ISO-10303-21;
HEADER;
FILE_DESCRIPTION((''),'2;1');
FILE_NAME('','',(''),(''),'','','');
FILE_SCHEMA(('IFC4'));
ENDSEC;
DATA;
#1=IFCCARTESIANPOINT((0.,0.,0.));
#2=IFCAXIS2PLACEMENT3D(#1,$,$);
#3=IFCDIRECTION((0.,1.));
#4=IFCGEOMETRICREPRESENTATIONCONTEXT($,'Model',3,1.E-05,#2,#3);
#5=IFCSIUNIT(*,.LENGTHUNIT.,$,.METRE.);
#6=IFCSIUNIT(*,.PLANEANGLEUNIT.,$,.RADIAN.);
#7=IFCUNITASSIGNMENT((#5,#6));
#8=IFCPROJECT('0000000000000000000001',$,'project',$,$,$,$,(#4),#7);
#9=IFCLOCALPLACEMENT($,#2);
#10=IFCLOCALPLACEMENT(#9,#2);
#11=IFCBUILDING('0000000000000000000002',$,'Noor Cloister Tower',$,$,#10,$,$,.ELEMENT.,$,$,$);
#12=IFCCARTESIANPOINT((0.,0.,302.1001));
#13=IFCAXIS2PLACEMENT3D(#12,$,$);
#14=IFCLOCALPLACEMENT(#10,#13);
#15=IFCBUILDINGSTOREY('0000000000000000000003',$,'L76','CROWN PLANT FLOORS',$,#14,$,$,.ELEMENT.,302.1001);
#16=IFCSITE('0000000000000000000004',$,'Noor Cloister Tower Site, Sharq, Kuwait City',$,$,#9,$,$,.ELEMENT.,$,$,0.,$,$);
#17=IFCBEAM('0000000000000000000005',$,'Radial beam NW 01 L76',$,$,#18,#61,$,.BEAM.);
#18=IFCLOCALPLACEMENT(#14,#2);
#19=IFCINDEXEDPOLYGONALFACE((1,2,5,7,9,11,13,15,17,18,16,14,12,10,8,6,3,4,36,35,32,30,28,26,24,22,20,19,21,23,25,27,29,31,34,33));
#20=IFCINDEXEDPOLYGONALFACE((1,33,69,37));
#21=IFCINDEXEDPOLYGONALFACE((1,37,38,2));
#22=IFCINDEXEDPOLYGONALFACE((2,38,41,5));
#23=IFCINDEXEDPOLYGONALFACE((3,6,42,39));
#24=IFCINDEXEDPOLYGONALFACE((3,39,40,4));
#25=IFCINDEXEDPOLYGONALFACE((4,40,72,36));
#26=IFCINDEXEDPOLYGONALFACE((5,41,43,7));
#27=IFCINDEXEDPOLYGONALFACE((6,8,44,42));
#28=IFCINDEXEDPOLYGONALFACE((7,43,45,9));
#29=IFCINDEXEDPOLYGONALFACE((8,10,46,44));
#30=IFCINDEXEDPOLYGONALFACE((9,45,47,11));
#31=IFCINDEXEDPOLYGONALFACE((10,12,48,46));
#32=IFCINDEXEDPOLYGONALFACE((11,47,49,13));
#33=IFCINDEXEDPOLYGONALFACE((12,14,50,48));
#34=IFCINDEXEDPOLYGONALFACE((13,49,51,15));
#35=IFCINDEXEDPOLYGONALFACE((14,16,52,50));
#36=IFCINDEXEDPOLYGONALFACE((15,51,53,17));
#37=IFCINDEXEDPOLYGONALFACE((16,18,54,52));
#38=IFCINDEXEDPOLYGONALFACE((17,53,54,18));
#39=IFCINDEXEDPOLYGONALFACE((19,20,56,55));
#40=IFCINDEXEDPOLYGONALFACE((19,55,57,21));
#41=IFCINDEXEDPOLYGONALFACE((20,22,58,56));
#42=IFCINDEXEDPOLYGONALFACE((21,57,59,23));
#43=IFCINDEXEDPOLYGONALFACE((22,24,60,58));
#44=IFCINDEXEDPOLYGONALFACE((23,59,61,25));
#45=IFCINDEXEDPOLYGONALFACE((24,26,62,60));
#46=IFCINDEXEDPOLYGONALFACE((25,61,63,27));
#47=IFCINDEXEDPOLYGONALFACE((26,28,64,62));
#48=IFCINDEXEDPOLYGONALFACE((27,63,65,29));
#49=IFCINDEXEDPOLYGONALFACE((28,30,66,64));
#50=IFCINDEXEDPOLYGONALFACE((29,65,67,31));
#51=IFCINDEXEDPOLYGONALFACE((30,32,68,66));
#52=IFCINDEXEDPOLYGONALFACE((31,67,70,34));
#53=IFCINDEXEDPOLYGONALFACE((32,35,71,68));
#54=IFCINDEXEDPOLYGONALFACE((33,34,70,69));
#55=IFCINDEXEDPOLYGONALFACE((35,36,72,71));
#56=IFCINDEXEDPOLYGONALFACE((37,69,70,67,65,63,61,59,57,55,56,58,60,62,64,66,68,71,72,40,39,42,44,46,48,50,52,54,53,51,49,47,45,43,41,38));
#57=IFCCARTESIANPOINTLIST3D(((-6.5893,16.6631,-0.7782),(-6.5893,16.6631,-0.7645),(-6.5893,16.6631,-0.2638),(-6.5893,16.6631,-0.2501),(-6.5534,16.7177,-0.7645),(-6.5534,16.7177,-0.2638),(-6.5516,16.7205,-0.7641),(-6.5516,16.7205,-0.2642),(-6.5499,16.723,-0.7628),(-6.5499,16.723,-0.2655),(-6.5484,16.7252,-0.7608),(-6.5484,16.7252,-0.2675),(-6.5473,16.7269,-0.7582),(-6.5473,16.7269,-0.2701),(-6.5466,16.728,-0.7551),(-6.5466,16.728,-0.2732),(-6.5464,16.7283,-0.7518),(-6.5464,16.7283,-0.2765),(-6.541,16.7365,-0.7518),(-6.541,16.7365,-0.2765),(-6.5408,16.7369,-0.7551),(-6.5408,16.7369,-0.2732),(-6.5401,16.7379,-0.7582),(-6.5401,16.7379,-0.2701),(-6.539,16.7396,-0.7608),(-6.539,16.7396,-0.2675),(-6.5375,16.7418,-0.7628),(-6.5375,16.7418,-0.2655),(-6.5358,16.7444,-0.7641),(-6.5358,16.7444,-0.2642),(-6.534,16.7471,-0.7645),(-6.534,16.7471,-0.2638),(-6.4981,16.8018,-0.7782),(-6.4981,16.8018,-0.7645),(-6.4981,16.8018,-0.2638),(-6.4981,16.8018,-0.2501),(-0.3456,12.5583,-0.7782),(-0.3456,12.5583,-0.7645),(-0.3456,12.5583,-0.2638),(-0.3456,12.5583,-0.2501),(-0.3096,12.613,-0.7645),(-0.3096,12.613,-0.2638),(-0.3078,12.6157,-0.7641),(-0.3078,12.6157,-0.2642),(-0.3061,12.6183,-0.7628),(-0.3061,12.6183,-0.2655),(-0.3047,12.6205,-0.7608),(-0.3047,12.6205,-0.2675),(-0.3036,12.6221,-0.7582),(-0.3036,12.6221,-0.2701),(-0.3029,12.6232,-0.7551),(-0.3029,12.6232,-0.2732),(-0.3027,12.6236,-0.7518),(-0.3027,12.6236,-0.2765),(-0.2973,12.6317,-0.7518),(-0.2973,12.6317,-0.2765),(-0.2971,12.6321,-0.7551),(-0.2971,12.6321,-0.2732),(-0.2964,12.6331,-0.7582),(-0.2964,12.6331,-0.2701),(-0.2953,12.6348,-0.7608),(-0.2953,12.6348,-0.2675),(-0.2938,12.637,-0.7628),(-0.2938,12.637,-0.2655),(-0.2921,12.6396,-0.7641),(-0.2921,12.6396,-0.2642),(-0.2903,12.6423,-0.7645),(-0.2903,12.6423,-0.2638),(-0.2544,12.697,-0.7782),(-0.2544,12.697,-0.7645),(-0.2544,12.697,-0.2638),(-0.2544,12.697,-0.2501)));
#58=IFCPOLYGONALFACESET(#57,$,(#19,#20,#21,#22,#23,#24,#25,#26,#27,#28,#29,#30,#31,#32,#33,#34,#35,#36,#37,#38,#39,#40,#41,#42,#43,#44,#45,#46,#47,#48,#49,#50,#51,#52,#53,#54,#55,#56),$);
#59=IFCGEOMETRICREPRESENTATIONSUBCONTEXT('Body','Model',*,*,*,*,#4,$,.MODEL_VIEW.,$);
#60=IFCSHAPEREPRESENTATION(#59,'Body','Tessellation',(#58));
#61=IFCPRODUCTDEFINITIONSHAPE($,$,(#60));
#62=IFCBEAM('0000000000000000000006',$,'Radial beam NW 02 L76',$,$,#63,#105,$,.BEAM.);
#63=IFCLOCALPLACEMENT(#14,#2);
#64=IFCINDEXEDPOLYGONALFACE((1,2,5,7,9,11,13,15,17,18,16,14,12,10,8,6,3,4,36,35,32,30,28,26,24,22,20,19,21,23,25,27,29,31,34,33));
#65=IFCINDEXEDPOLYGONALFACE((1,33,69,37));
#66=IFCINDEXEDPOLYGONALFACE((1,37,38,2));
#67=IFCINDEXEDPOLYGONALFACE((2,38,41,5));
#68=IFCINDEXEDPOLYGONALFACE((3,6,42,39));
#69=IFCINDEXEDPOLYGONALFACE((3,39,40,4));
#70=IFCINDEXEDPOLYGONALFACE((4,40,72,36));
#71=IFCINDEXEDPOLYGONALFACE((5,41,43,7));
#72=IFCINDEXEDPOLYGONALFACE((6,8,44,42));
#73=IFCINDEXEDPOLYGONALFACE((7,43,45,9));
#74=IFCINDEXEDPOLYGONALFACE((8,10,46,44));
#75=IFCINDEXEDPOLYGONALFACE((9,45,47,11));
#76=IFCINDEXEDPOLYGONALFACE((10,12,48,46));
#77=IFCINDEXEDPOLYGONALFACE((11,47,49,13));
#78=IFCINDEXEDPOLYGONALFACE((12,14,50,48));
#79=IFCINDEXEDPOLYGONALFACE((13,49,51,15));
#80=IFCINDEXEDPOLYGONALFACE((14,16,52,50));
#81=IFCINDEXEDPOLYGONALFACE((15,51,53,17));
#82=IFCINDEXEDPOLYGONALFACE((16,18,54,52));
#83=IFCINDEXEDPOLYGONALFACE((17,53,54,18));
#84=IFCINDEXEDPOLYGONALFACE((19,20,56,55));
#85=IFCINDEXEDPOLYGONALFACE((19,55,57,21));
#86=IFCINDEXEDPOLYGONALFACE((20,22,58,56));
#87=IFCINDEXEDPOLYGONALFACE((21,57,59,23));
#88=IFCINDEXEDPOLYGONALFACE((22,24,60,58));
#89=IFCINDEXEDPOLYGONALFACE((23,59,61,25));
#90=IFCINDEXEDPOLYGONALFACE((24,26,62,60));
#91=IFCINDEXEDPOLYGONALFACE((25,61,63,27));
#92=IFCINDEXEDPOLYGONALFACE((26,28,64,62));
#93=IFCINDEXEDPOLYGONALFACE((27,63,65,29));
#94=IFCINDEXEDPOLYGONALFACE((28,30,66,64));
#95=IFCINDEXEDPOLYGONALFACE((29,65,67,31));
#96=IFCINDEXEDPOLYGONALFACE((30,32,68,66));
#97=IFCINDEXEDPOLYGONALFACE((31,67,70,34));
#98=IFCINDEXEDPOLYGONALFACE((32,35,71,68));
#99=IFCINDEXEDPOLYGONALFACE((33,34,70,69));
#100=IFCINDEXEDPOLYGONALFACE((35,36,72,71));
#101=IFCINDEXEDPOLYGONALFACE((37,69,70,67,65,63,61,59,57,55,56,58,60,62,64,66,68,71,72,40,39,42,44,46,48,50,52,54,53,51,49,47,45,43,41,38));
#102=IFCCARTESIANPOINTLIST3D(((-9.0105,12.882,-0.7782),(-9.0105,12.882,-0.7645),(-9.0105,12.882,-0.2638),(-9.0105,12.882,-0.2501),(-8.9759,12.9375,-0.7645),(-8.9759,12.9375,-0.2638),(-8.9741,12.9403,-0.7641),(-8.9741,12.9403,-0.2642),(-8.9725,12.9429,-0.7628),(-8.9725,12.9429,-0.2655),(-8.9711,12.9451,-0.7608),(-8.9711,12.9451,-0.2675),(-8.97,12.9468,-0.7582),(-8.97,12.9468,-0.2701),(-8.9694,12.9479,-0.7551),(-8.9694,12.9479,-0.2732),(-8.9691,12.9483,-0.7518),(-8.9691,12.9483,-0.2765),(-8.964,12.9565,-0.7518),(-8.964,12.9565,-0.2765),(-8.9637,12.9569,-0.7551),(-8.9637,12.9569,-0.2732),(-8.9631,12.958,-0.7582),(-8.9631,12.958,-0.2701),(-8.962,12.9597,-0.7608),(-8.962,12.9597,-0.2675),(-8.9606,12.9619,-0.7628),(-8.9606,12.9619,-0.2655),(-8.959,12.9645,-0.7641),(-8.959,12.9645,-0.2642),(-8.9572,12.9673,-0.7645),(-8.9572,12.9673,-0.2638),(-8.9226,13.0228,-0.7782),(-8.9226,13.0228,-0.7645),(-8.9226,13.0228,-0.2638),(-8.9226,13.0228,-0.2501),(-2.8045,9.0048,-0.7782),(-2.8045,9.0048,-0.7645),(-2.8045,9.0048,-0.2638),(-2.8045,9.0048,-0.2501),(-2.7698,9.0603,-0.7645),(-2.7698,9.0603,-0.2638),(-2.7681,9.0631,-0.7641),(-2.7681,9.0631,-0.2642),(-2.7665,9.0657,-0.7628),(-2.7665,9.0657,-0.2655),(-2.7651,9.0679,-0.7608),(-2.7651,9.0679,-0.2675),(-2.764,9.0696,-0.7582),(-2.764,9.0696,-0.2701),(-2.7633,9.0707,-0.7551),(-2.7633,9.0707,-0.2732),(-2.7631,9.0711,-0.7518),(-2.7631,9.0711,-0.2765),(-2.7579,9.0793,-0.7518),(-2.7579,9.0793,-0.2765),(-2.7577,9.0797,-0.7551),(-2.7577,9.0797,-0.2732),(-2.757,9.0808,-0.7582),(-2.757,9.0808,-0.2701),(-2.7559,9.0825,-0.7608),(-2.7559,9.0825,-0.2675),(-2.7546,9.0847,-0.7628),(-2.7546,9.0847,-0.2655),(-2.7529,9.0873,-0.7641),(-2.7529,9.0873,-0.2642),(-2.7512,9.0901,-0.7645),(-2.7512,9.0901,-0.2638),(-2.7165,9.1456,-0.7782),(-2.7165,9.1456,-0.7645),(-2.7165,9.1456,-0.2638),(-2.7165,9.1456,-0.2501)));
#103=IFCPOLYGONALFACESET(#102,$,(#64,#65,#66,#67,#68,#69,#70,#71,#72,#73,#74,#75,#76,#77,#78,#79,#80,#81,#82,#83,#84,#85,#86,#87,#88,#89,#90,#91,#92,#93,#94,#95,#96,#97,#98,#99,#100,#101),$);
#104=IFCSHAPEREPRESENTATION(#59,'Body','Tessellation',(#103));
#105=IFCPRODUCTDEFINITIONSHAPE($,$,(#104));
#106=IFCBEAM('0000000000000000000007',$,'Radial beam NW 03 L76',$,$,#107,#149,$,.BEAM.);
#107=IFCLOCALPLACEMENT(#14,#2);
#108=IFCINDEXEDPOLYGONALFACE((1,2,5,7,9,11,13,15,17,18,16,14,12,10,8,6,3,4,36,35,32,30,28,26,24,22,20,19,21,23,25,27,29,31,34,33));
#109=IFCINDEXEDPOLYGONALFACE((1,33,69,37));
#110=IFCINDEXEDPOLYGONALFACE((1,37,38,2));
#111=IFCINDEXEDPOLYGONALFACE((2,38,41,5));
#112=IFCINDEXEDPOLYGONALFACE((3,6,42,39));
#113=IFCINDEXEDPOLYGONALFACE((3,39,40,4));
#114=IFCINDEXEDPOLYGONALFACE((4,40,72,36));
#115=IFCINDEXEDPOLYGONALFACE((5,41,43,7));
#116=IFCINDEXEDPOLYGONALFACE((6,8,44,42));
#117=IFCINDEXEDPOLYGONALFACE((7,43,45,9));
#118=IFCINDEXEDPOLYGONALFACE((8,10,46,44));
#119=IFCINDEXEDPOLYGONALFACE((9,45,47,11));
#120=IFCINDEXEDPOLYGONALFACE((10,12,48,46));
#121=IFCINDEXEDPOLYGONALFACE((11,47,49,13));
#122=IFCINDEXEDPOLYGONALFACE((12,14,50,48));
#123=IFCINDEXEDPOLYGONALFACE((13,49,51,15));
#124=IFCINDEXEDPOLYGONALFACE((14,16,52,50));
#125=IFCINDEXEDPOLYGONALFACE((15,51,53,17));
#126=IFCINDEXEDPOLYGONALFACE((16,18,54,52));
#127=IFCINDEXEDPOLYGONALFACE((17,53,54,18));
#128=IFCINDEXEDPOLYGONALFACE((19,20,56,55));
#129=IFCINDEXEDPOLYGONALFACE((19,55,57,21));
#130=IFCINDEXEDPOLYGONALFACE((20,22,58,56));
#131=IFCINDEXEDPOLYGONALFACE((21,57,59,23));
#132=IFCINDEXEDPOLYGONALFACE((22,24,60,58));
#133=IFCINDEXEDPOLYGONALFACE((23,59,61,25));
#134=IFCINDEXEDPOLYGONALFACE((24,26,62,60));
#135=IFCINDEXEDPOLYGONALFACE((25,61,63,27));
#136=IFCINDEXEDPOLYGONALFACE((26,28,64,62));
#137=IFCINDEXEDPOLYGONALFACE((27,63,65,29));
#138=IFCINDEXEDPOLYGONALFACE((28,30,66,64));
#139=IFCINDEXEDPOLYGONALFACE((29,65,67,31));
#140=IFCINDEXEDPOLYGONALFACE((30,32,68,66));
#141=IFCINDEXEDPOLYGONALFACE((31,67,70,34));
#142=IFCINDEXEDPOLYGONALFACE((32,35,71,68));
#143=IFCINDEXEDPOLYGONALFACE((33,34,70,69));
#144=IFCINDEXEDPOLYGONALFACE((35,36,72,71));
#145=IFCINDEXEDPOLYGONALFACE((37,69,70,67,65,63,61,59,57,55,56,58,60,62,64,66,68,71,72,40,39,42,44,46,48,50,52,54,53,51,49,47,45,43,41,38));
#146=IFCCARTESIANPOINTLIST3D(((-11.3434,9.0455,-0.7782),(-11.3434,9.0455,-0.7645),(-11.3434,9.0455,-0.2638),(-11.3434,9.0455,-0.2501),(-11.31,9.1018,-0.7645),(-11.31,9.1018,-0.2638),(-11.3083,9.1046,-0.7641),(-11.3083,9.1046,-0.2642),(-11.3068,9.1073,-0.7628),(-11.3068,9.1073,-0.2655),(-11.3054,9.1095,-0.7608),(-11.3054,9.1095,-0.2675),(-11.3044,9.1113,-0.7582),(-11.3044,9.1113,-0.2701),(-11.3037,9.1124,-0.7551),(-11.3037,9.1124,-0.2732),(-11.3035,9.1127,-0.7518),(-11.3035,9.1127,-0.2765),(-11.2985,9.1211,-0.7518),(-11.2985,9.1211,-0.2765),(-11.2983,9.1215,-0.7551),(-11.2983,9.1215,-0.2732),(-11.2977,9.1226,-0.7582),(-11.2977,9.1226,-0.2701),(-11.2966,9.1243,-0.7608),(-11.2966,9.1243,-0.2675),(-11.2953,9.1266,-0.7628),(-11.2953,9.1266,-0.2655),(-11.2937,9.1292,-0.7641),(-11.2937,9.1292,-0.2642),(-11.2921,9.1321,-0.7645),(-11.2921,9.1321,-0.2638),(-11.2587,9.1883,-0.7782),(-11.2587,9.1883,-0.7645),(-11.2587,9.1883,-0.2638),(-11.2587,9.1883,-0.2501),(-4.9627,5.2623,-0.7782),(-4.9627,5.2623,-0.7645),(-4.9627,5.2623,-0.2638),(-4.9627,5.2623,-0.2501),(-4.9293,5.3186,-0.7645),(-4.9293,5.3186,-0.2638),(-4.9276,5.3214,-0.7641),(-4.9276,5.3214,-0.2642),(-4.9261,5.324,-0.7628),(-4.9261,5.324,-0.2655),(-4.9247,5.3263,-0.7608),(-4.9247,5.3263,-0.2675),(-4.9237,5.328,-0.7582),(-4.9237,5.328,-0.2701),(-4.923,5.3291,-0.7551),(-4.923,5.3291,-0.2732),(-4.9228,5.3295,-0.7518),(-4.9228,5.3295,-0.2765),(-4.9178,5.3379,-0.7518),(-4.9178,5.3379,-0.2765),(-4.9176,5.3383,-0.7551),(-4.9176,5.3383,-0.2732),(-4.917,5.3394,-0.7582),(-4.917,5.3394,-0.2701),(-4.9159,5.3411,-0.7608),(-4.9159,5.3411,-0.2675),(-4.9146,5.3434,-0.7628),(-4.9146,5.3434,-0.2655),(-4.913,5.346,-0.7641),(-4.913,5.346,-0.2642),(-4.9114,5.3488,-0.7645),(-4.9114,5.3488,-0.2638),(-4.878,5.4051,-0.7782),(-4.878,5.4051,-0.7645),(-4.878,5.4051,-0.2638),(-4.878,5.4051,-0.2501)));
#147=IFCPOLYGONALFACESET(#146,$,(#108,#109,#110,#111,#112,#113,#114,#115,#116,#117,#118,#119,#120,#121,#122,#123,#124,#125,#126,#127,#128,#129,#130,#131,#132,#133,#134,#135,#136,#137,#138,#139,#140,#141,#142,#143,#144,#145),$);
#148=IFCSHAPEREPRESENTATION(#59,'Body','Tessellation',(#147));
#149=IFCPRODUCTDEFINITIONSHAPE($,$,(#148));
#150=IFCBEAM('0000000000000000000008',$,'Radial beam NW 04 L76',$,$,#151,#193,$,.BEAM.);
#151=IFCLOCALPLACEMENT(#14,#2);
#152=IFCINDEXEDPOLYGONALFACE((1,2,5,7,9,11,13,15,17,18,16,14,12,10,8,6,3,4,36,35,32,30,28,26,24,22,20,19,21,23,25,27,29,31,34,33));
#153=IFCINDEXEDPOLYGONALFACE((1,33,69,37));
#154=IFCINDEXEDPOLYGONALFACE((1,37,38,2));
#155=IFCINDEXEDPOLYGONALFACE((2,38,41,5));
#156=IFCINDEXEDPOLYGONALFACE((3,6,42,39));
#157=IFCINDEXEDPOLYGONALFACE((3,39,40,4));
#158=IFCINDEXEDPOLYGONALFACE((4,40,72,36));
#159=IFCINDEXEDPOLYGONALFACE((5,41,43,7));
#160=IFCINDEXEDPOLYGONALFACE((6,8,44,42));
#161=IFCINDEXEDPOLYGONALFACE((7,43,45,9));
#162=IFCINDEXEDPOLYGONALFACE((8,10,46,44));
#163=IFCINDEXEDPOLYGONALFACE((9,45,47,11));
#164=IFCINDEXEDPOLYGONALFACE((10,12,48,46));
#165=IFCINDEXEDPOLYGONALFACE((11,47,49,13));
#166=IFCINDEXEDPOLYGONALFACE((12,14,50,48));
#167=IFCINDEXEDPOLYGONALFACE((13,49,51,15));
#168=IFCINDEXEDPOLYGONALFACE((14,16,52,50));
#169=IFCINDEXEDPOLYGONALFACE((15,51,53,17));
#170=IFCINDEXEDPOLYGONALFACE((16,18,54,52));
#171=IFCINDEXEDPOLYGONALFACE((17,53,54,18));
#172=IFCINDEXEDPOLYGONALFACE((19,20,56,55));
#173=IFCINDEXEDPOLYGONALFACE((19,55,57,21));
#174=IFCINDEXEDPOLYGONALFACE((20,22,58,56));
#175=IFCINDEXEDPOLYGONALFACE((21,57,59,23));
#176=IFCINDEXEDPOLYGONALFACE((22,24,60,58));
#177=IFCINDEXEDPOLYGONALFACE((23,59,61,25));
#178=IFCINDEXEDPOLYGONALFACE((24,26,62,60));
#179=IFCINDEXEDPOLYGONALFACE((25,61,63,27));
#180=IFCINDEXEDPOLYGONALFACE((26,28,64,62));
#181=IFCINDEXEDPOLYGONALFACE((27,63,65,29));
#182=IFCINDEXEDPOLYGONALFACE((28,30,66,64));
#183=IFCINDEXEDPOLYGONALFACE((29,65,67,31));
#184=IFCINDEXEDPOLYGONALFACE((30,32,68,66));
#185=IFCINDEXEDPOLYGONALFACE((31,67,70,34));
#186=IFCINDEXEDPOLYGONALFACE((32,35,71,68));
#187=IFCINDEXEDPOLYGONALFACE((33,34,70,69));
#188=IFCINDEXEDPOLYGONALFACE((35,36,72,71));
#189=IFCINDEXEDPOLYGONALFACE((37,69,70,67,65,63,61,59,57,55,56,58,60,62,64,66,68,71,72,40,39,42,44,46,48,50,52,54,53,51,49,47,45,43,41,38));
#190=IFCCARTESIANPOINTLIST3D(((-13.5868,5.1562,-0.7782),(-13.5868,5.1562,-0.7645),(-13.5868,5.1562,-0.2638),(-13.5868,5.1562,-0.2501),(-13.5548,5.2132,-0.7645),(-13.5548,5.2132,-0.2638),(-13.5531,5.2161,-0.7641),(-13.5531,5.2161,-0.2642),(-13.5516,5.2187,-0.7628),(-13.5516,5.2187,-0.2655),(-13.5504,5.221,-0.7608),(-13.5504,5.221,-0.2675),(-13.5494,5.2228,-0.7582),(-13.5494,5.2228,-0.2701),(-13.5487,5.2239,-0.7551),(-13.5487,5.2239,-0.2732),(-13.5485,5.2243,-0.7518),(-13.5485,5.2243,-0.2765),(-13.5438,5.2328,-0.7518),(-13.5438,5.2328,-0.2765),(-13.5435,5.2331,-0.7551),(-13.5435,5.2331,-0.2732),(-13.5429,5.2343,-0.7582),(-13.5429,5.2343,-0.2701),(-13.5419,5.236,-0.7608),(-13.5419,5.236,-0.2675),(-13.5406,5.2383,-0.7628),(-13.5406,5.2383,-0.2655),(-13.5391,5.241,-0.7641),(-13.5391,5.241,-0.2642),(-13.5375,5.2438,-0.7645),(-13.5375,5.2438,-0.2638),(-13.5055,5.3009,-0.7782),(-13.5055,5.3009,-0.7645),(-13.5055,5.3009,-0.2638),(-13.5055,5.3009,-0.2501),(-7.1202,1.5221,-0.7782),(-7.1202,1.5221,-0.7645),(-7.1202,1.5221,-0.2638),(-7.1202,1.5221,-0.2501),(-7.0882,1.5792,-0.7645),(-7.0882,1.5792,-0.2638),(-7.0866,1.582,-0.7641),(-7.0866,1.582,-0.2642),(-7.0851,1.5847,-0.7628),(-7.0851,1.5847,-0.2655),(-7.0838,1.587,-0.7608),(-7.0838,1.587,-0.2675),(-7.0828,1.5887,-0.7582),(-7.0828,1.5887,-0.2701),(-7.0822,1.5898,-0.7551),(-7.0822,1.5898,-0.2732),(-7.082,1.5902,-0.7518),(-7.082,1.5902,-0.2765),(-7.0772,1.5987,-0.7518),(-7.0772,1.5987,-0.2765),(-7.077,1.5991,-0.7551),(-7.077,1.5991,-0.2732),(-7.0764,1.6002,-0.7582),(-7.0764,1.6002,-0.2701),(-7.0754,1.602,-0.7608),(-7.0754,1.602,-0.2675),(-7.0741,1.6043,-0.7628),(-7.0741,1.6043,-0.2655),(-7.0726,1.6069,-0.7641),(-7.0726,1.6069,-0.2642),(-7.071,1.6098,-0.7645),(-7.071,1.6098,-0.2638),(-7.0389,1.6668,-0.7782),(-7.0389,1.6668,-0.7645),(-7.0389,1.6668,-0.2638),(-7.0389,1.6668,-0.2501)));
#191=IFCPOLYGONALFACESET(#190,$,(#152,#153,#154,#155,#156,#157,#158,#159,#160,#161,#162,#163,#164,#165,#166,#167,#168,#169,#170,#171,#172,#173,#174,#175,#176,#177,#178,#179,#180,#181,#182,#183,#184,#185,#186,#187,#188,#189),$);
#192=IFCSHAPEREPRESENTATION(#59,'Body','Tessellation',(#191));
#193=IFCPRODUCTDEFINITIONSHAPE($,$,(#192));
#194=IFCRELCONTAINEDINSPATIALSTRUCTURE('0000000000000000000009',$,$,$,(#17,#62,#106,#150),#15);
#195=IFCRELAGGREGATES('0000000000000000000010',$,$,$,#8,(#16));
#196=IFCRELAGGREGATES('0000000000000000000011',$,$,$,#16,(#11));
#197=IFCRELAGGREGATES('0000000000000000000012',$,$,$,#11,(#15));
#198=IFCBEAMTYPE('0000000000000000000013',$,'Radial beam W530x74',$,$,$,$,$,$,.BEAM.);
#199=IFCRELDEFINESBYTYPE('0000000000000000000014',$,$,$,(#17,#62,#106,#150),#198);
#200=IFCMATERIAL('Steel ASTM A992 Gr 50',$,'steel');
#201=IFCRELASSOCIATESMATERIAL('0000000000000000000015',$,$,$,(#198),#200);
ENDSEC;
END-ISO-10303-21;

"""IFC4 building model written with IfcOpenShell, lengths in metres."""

from ifc_helpers import new_model, si_unit, direction, frame, origin, origin_2d, place, context, subcontext, project, spatial, i_section, extrude, material, material_profile, profile_set, type_object, element, save


model = new_model("IFC4")

# Units and contexts
model_context = context("Model", 3, precision=1e-05, world=origin(), true_north=direction((0.0, 1.0)))
body_context = subcontext(model_context, "Body", "Model", "MODEL_VIEW")
ifc_project = project(units=[si_unit("LENGTHUNIT", "METRE"), si_unit("PLANEANGLEUNIT", "RADIAN")], contexts=[model_context])

# Site, building, storey
site_placement = place(None, origin())
site = spatial("IfcSite", under=ifc_project, at=site_placement, Name="Noor Cloister Tower Site, Sharq, Kuwait City", CompositionType="ELEMENT", RefElevation=0.0)
building_placement = place(site_placement, origin())
building = spatial("IfcBuilding", under=site, at=building_placement, Name="Noor Cloister Tower", CompositionType="ELEMENT")
storey_placement = place(building_placement, frame((0.0, 0.0, 302.1001)))
storey = spatial("IfcBuildingStorey", under=building, at=storey_placement, Name="L76", Description="CROWN PLANT FLOORS", CompositionType="ELEMENT", Elevation=302.1001)

# Beams
ifc_material_1 = material(Name="Steel ASTM A992 Gr 50", Category="steel")
ifc_material_profile_1 = material_profile(ifc_material_1, i_section(OverallWidth=0.166, OverallDepth=0.5281, WebThickness=0.0098, FlangeThickness=0.0137, FilletRadius=0.0127, at=origin_2d()), Name="W530x74")
ifc_profile_set_1 = profile_set([ifc_material_profile_1], Name="Steel ASTM A992 Gr 50")
beam_type_1 = type_object("IfcBeamType", Name="Radial beam W530x74", PredefinedType="BEAM", material=ifc_profile_set_1)
beam_1_placement = place(storey_placement, frame((-6.5437, 16.7324, -0.5142), z_axis=(0.835597, -0.549343, 0.0), x_axis=(0.549343, 0.835597, 0.0)))
element("IfcBeam", 1, at=beam_1_placement, inside=storey, type_object=beam_type_1, Name="Radial beam NW 01 L76", PredefinedType="BEAM", context=body_context, shape_type="SweptSolid", body=[
    extrude(i_section(OverallWidth=0.166, OverallDepth=0.5281, WebThickness=0.0098, FlangeThickness=0.0137, FilletRadius=0.0127, at=origin_2d()), origin(), (0.0, 0.0, 1.0), 7.4722),
])
beam_2_placement = place(storey_placement, frame((-8.9666, 12.9524, -0.5142), z_axis=(0.848096, -0.529843, 0.0), x_axis=(0.529843, 0.848096, 0.0)))
element("IfcBeam", 2, at=beam_2_placement, inside=storey, type_object=beam_type_1, Name="Radial beam NW 02 L76", PredefinedType="BEAM", context=body_context, shape_type="SweptSolid", body=[
    extrude(i_section(OverallWidth=0.166, OverallDepth=0.5281, WebThickness=0.0098, FlangeThickness=0.0137, FilletRadius=0.0127, at=origin_2d()), origin(), (0.0, 0.0, 1.0), 7.3176),
])
beam_3_placement = place(storey_placement, frame((-11.301, 9.1169, -0.5142), z_axis=(0.860167, -0.510012, 0.0), x_axis=(0.510012, 0.860167, 0.0)))
element("IfcBeam", 3, at=beam_3_placement, inside=storey, type_object=beam_type_1, Name="Radial beam NW 03 L76", PredefinedType="BEAM", context=body_context, shape_type="SweptSolid", body=[
    extrude(i_section(OverallWidth=0.166, OverallDepth=0.5281, WebThickness=0.0098, FlangeThickness=0.0137, FilletRadius=0.0127, at=origin_2d()), origin(), (0.0, 0.0, 1.0), 7.418),
])
beam_4_placement = place(storey_placement, frame((-13.5461, 5.2285, -0.5142), z_axis=(0.871771, -0.489913, 0.0), x_axis=(0.489913, 0.871771, 0.0)))
element("IfcBeam", 4, at=beam_4_placement, inside=storey, type_object=beam_type_1, Name="Radial beam NW 04 L76", PredefinedType="BEAM", context=body_context, shape_type="SweptSolid", body=[
    extrude(i_section(OverallWidth=0.166, OverallDepth=0.5281, WebThickness=0.0098, FlangeThickness=0.0137, FilletRadius=0.0127, at=origin_2d()), origin(), (0.0, 0.0, 1.0), 7.4177),
])

save(model, "model.ifc")
